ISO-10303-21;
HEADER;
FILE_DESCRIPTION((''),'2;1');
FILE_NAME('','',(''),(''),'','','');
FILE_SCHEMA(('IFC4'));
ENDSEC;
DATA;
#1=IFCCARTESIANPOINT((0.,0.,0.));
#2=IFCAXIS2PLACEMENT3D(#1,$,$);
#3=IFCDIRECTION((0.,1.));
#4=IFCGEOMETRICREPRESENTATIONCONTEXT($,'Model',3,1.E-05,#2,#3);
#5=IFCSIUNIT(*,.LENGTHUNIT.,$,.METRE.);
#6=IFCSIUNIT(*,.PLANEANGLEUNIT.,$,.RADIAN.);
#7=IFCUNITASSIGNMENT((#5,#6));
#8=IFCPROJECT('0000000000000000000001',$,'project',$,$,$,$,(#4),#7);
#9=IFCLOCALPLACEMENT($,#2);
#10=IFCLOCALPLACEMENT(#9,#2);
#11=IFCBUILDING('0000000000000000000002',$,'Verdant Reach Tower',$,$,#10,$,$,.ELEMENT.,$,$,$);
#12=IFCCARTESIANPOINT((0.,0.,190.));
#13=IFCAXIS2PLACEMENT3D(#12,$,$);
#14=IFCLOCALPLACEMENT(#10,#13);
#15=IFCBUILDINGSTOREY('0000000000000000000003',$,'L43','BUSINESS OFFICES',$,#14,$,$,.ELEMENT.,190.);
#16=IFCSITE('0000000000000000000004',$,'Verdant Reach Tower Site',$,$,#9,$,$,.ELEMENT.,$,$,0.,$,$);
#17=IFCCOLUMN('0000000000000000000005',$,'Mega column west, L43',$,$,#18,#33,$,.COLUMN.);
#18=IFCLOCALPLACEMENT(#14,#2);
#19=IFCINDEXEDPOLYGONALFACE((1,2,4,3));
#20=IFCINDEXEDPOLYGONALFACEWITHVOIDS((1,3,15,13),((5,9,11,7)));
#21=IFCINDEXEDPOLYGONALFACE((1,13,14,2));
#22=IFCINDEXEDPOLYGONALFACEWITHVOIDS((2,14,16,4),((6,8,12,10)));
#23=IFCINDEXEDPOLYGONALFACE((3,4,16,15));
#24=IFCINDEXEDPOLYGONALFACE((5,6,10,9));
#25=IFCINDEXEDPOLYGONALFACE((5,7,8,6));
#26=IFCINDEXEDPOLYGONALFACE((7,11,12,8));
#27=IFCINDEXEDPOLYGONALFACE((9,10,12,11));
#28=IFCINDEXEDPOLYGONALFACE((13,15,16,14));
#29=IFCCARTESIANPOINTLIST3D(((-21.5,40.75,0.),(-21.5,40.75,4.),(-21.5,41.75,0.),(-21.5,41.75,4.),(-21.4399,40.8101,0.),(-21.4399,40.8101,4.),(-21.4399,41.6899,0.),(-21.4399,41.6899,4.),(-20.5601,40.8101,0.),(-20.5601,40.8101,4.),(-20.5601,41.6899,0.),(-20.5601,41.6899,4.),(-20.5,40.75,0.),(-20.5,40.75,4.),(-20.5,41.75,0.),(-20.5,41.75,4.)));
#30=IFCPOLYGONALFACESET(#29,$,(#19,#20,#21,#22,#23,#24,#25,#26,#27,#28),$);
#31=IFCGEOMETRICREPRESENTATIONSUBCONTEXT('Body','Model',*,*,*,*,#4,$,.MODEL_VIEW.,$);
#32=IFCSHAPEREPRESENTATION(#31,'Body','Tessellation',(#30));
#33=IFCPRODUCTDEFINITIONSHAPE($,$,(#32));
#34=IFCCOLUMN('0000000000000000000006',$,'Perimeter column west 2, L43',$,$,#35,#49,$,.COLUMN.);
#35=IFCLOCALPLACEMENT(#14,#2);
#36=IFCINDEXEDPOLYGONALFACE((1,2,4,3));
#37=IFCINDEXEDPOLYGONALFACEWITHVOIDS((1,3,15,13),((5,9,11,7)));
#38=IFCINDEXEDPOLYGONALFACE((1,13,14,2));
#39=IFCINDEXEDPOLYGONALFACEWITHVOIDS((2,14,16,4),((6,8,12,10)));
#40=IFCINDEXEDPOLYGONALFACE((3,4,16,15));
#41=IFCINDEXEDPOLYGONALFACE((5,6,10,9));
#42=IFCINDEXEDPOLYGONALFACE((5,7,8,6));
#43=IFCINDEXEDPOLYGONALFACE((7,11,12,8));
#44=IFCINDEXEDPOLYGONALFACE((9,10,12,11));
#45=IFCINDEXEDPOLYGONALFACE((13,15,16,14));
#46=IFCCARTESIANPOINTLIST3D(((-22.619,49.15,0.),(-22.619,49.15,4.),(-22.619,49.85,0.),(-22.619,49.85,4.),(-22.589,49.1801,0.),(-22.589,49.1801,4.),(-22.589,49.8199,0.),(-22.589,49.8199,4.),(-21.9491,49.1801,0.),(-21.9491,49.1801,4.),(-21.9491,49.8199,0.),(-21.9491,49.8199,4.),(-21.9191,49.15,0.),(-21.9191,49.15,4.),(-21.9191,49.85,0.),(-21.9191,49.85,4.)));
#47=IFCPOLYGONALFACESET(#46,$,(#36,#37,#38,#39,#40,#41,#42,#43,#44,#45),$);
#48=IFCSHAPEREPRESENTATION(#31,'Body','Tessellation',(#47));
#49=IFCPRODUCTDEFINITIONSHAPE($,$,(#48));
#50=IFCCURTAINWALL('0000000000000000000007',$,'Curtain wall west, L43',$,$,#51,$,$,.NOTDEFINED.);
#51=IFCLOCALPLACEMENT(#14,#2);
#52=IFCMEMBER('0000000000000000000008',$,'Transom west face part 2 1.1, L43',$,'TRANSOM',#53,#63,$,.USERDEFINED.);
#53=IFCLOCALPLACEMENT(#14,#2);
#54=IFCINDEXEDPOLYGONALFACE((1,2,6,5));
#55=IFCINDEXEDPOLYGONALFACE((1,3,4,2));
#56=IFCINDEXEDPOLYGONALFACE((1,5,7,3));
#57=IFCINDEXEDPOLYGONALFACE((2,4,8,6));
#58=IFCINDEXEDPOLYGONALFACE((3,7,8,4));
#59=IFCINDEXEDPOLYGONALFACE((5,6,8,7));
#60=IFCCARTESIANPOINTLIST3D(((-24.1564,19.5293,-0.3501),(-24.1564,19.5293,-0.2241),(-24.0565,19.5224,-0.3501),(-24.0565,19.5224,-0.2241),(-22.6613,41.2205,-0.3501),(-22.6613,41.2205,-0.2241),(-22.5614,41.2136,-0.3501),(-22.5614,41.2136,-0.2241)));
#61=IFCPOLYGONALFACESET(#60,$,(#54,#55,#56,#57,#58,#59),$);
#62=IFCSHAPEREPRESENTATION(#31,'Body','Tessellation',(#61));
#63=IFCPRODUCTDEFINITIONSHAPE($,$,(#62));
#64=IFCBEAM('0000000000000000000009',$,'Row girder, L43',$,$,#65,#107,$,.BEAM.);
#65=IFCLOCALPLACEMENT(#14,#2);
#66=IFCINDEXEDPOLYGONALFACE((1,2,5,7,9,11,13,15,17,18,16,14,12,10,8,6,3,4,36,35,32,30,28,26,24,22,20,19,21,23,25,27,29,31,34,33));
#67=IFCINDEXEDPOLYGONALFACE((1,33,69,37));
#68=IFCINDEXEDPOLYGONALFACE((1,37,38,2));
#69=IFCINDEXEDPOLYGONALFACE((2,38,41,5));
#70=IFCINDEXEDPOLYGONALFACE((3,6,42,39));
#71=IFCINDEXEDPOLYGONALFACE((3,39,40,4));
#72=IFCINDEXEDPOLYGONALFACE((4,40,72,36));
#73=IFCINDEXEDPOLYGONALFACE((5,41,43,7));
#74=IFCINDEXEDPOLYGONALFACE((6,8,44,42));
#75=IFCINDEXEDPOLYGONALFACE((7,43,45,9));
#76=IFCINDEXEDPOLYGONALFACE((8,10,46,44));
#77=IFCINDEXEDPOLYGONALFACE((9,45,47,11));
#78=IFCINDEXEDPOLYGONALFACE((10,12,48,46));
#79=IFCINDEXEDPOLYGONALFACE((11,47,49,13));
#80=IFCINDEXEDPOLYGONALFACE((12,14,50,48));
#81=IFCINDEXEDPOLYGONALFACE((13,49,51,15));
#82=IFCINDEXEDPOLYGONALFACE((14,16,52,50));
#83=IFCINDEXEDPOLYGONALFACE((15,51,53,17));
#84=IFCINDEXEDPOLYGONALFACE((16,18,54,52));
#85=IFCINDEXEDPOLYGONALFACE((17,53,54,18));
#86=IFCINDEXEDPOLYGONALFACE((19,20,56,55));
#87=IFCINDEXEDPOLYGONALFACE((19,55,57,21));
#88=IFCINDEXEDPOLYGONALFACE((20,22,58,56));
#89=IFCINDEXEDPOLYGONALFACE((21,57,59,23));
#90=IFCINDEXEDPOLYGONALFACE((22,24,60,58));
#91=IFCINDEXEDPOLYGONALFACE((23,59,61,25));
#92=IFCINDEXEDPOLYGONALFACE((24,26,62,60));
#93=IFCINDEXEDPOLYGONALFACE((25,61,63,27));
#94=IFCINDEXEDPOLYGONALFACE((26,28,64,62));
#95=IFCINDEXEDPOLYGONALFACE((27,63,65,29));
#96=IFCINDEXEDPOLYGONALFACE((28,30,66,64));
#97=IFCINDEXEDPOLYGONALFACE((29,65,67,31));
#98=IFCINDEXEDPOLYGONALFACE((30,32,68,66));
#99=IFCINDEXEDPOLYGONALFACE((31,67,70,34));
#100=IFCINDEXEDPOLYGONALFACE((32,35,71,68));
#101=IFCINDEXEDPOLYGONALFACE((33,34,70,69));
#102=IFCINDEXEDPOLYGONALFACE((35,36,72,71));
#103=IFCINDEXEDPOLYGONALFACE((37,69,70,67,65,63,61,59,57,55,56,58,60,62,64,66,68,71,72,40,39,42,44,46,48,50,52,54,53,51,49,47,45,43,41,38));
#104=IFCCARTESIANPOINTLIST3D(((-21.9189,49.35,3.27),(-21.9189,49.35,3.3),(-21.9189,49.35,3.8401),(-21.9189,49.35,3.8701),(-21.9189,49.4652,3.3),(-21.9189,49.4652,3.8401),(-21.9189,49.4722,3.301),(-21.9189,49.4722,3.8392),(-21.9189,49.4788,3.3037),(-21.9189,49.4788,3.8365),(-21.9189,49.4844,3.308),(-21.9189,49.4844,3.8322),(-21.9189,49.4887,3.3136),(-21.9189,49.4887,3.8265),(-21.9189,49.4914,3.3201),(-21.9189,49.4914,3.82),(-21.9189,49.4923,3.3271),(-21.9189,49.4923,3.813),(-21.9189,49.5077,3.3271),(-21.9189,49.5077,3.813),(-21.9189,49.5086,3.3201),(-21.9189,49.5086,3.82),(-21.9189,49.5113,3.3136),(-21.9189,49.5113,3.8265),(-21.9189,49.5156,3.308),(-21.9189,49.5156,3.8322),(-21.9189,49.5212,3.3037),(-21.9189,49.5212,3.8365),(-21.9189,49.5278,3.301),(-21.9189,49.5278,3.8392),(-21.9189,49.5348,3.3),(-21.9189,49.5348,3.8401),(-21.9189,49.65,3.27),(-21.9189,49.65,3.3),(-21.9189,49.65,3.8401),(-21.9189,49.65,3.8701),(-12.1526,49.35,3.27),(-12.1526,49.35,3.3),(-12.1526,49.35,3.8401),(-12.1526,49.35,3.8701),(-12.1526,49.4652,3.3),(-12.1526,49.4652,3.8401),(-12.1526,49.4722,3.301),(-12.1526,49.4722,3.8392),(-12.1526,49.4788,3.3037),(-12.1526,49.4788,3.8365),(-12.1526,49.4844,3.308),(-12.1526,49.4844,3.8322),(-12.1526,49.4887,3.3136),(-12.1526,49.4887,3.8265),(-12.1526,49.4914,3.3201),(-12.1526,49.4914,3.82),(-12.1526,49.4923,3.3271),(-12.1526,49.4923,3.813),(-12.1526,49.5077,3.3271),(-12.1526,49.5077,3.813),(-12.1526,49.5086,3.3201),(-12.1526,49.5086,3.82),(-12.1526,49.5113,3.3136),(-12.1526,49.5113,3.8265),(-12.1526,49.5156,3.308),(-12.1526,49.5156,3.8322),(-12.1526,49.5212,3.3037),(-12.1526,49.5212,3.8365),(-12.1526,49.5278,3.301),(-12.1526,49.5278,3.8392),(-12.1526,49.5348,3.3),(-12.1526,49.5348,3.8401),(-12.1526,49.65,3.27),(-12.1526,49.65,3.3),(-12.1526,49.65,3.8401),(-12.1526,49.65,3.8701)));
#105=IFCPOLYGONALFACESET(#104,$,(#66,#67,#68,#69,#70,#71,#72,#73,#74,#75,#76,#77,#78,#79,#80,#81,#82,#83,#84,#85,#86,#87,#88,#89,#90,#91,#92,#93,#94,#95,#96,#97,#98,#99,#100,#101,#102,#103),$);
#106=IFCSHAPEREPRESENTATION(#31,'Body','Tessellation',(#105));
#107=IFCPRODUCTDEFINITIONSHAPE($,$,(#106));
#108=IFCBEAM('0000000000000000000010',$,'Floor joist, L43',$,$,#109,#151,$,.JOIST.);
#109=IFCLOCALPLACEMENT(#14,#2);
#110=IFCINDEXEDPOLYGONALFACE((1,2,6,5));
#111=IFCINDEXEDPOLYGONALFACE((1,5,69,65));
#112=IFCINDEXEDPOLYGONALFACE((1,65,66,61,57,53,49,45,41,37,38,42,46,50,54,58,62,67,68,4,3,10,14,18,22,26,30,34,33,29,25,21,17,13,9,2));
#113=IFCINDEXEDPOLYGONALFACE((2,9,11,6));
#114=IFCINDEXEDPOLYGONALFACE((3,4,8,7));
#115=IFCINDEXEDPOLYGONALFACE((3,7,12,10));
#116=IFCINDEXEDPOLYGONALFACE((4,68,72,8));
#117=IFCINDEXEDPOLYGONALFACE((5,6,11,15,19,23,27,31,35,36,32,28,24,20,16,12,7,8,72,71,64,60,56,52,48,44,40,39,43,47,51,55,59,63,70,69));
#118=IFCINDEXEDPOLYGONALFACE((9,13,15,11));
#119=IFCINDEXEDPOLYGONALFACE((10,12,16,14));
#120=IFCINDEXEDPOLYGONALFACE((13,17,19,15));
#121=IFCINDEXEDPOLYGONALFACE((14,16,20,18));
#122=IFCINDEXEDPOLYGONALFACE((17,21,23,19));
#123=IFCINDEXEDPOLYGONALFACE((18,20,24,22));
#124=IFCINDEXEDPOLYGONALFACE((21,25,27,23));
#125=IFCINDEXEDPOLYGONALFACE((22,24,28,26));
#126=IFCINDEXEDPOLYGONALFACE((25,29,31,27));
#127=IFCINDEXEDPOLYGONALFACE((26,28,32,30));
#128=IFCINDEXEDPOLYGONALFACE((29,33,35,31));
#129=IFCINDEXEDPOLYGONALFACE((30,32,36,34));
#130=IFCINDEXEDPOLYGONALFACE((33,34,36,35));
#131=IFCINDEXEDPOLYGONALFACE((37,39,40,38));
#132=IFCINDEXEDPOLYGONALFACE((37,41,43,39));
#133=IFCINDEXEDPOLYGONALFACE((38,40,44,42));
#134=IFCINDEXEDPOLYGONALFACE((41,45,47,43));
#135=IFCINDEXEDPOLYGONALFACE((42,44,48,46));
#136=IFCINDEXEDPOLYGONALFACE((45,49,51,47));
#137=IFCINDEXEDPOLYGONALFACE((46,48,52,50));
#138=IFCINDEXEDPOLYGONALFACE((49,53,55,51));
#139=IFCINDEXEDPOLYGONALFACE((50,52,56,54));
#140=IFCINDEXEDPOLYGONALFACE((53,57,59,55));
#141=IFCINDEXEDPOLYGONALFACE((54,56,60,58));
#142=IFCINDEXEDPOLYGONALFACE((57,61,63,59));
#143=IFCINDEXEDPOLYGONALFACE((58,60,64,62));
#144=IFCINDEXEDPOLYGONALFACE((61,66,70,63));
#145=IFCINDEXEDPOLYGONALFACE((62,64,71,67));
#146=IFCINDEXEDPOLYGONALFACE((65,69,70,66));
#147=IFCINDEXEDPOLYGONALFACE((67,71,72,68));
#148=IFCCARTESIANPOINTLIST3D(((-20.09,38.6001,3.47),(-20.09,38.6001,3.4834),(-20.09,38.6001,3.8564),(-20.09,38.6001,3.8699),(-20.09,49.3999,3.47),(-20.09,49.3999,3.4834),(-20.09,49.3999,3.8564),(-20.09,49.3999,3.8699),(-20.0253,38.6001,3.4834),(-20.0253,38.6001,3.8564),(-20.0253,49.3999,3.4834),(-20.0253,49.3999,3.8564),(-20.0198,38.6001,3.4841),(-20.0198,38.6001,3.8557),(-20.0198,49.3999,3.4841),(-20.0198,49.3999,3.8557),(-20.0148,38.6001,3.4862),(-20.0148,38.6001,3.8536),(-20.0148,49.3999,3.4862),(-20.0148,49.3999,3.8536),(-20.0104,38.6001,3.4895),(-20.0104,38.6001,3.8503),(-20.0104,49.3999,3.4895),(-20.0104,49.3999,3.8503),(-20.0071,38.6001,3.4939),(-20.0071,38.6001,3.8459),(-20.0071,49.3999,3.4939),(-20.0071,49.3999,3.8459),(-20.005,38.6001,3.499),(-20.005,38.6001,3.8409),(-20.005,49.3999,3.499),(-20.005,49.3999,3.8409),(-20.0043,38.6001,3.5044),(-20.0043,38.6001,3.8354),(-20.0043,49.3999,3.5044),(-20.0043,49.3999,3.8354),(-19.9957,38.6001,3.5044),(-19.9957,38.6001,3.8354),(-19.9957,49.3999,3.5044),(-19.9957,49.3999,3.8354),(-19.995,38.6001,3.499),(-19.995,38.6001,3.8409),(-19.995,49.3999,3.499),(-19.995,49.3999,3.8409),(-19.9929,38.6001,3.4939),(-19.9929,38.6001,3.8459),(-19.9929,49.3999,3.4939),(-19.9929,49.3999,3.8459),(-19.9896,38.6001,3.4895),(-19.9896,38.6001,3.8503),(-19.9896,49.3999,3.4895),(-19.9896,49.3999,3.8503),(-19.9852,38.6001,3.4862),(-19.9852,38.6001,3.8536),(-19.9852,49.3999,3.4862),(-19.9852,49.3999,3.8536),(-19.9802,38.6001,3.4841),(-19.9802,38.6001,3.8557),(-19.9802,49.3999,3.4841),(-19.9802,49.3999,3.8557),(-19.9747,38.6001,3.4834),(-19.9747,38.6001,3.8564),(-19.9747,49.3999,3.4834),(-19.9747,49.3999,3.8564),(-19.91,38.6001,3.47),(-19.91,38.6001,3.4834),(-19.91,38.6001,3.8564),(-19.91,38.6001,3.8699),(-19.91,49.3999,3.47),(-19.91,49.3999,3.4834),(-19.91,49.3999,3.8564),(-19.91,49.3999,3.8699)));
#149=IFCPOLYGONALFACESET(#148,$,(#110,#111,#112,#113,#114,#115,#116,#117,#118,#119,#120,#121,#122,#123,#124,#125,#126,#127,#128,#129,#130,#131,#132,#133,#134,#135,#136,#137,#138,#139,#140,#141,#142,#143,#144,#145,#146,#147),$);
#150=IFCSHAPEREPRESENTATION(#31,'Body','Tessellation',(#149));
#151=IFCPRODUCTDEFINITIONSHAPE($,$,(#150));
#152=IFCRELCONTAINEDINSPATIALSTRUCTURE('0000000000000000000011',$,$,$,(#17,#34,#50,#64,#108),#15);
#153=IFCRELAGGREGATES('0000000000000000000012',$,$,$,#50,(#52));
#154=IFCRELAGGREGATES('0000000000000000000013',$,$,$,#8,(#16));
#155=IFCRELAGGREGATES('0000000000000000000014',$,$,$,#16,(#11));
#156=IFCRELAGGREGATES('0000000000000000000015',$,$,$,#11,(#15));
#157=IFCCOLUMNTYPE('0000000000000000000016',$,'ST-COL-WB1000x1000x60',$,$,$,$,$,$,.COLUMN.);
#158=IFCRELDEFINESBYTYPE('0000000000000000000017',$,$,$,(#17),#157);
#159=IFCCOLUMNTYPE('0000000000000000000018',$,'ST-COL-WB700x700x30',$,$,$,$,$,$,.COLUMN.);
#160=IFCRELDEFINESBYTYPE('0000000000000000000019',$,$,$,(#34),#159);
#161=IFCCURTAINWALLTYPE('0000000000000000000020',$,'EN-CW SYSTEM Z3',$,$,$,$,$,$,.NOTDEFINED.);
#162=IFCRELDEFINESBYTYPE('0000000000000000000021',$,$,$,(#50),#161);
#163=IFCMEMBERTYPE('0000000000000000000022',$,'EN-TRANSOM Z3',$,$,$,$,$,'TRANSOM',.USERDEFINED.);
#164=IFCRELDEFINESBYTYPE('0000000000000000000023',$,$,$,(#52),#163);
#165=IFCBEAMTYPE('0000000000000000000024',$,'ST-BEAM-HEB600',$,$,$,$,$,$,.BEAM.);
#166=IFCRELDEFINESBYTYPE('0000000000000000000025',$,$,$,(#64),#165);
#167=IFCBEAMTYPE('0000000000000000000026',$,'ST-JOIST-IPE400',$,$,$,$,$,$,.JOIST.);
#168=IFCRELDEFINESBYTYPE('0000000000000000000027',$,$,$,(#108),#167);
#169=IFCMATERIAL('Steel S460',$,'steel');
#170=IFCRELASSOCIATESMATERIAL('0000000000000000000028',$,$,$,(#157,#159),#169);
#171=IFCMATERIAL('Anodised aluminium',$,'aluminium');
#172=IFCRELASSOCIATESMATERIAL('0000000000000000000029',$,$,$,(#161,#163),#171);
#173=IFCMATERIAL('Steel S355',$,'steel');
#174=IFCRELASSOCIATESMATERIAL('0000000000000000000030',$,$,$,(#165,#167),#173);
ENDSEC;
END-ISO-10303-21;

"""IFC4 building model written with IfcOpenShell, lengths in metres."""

from ifc_helpers import new_model, si_unit, direction, frame, origin, origin_2d, place, context, subcontext, project, spatial, rectangle, hollow_rectangle, i_section, extrude, material, material_profile, profile_set, type_object, element, aggregate, save


model = new_model("IFC4")

# Units and contexts
model_context = context("Model", 3, precision=1e-05, world=origin(), true_north=direction((0.0, 1.0)))
body_context = subcontext(model_context, "Body", "Model", "MODEL_VIEW")
ifc_project = project(units=[si_unit("LENGTHUNIT", "METRE"), si_unit("PLANEANGLEUNIT", "RADIAN")], contexts=[model_context])

# Site, building, storey
site_placement = place(None, origin())
site = spatial("IfcSite", under=ifc_project, at=site_placement, Name="Verdant Reach Tower Site", CompositionType="ELEMENT", RefElevation=0.0)
building_placement = place(site_placement, origin())
building = spatial("IfcBuilding", under=site, at=building_placement, Name="Verdant Reach Tower", CompositionType="ELEMENT")
storey_placement = place(building_placement, frame((0.0, 0.0, 190.0)))
storey = spatial("IfcBuildingStorey", under=building, at=storey_placement, Name="L43", Description="BUSINESS OFFICES", CompositionType="ELEMENT", Elevation=190.0)

# Columns
ifc_material_1 = material(Name="Steel S460", Category="steel")
ifc_material_profile_1 = material_profile(ifc_material_1, hollow_rectangle(XDim=1.0, YDim=1.0, WallThickness=0.0601, at=origin_2d()), Name="WB 1000x1000x60")
ifc_profile_set_1 = profile_set([ifc_material_profile_1], Name="Steel S460")
column_type_1 = type_object("IfcColumnType", Name="ST-COL-WB1000x1000x60", PredefinedType="COLUMN", material=ifc_profile_set_1)
column_1_placement = place(storey_placement, frame((-21.0, 41.25, 0.0), z_axis=(0.0, 0.0, 1.0), x_axis=(1.0, 0.0, 0.0)))
element("IfcColumn", 1, at=column_1_placement, inside=storey, type_object=column_type_1, Name="Mega column west, L43", PredefinedType="COLUMN", context=body_context, shape_type="SweptSolid", body=[
    extrude(hollow_rectangle(XDim=1.0, YDim=1.0, WallThickness=0.0601, at=origin_2d()), origin(), (0.0, 0.0, 1.0), 4.0),
])
ifc_material_profile_2 = material_profile(ifc_material_1, hollow_rectangle(XDim=0.7, YDim=0.7, WallThickness=0.03, at=origin_2d()), Name="WB 700x700x30")
ifc_profile_set_2 = profile_set([ifc_material_profile_2], Name="Steel S460")
column_type_2 = type_object("IfcColumnType", Name="ST-COL-WB700x700x30", PredefinedType="COLUMN", material=ifc_profile_set_2)
column_2_placement = place(storey_placement, frame((-22.269, 49.5, 0.0), z_axis=(0.0, 0.0, 1.0), x_axis=(1.0, 0.0, 0.0)))
element("IfcColumn", 2, at=column_2_placement, inside=storey, type_object=column_type_2, Name="Perimeter column west 2, L43", PredefinedType="COLUMN", context=body_context, shape_type="SweptSolid", body=[
    extrude(hollow_rectangle(XDim=0.7, YDim=0.7, WallThickness=0.03, at=origin_2d()), origin(), (0.0, 0.0, 1.0), 4.0),
])

# Curtain wall, member
ifc_material_2 = material(Name="Anodised aluminium", Category="aluminium")
curtain_wall_type = type_object("IfcCurtainWallType", Name="EN-CW SYSTEM Z3", PredefinedType="NOTDEFINED", material=ifc_material_2)
curtain_wall_placement = place(storey_placement, origin())
curtain_wall = element("IfcCurtainWall", 3, at=curtain_wall_placement, inside=storey, type_object=curtain_wall_type, Name="Curtain wall west, L43", PredefinedType="NOTDEFINED")
ifc_material_profile_3 = material_profile(ifc_material_2, rectangle(XDim=0.1001, YDim=0.126, at=origin_2d()), Name="Transom 126x100")
ifc_profile_set_3 = profile_set([ifc_material_profile_3], Name="Anodised aluminium")
member_type = type_object("IfcMemberType", Name="EN-TRANSOM Z3", ElementType="TRANSOM", PredefinedType="USERDEFINED", material=ifc_profile_set_3)
member_placement = place(storey_placement, frame((-22.6113, 41.217, -0.2871), z_axis=(-0.068764, -0.997633, 0.0), x_axis=(0.997633, -0.068764, 0.0)))
member = element("IfcMember", 4, at=member_placement, type_object=member_type, Name="Transom west face part 2 1.1, L43", ObjectType="TRANSOM", PredefinedType="USERDEFINED", context=body_context, shape_type="SweptSolid", body=[
    extrude(rectangle(XDim=0.1001, YDim=0.126, at=origin_2d()), origin(), (0.0, 0.0, 1.0), 21.7427),
])

# Beams
ifc_material_3 = material(Name="Steel S355", Category="steel")
ifc_material_profile_4 = material_profile(ifc_material_3, i_section(OverallWidth=0.3, OverallDepth=0.6001, WebThickness=0.0154, FlangeThickness=0.03, FilletRadius=0.0271, at=origin_2d()), Name="HEB 600")
ifc_profile_set_4 = profile_set([ifc_material_profile_4], Name="Steel S355")
beam_type_1 = type_object("IfcBeamType", Name="ST-BEAM-HEB600", PredefinedType="BEAM", material=ifc_profile_set_4)
beam_1_placement = place(storey_placement, frame((-21.9189, 49.5, 3.5701), z_axis=(1.0, 0.0, 0.0), x_axis=(0.0, 1.0, 0.0)))
element("IfcBeam", 5, at=beam_1_placement, inside=storey, type_object=beam_type_1, Name="Row girder, L43", PredefinedType="BEAM", context=body_context, shape_type="SweptSolid", body=[
    extrude(i_section(OverallWidth=0.3, OverallDepth=0.6001, WebThickness=0.0154, FlangeThickness=0.03, FilletRadius=0.0271, at=origin_2d()), origin(), (0.0, 0.0, 1.0), 9.7664),
])
ifc_material_profile_5 = material_profile(ifc_material_3, i_section(OverallWidth=0.1799, OverallDepth=0.3999, WebThickness=0.0085, FlangeThickness=0.0134, FilletRadius=0.021, at=origin_2d()), Name="IPE 400")
ifc_profile_set_5 = profile_set([ifc_material_profile_5], Name="Steel S355")
beam_type_2 = type_object("IfcBeamType", Name="ST-JOIST-IPE400", PredefinedType="JOIST", material=ifc_profile_set_5)
for number, where, z_axis, x_axis, name in (
    (6, (-20.0, 38.6001, 3.6699), (0.0, 1.0, 0.0), (-1.0, 0.0, 0.0), "Floor joist, L43"),
):
    element("IfcBeam", number, at=place(storey_placement, frame(where, z_axis=z_axis, x_axis=x_axis)), inside=storey, type_object=beam_type_2, Name=name, PredefinedType="JOIST", context=body_context, shape_type="SweptSolid", body=[
        extrude(i_section(OverallWidth=0.1799, OverallDepth=0.3999, WebThickness=0.0085, FlangeThickness=0.0134, FilletRadius=0.021, at=origin_2d()), origin(), (0.0, 0.0, 1.0), 10.7998),
    ])

aggregate(curtain_wall, [member])

save(model, "model.ifc")
